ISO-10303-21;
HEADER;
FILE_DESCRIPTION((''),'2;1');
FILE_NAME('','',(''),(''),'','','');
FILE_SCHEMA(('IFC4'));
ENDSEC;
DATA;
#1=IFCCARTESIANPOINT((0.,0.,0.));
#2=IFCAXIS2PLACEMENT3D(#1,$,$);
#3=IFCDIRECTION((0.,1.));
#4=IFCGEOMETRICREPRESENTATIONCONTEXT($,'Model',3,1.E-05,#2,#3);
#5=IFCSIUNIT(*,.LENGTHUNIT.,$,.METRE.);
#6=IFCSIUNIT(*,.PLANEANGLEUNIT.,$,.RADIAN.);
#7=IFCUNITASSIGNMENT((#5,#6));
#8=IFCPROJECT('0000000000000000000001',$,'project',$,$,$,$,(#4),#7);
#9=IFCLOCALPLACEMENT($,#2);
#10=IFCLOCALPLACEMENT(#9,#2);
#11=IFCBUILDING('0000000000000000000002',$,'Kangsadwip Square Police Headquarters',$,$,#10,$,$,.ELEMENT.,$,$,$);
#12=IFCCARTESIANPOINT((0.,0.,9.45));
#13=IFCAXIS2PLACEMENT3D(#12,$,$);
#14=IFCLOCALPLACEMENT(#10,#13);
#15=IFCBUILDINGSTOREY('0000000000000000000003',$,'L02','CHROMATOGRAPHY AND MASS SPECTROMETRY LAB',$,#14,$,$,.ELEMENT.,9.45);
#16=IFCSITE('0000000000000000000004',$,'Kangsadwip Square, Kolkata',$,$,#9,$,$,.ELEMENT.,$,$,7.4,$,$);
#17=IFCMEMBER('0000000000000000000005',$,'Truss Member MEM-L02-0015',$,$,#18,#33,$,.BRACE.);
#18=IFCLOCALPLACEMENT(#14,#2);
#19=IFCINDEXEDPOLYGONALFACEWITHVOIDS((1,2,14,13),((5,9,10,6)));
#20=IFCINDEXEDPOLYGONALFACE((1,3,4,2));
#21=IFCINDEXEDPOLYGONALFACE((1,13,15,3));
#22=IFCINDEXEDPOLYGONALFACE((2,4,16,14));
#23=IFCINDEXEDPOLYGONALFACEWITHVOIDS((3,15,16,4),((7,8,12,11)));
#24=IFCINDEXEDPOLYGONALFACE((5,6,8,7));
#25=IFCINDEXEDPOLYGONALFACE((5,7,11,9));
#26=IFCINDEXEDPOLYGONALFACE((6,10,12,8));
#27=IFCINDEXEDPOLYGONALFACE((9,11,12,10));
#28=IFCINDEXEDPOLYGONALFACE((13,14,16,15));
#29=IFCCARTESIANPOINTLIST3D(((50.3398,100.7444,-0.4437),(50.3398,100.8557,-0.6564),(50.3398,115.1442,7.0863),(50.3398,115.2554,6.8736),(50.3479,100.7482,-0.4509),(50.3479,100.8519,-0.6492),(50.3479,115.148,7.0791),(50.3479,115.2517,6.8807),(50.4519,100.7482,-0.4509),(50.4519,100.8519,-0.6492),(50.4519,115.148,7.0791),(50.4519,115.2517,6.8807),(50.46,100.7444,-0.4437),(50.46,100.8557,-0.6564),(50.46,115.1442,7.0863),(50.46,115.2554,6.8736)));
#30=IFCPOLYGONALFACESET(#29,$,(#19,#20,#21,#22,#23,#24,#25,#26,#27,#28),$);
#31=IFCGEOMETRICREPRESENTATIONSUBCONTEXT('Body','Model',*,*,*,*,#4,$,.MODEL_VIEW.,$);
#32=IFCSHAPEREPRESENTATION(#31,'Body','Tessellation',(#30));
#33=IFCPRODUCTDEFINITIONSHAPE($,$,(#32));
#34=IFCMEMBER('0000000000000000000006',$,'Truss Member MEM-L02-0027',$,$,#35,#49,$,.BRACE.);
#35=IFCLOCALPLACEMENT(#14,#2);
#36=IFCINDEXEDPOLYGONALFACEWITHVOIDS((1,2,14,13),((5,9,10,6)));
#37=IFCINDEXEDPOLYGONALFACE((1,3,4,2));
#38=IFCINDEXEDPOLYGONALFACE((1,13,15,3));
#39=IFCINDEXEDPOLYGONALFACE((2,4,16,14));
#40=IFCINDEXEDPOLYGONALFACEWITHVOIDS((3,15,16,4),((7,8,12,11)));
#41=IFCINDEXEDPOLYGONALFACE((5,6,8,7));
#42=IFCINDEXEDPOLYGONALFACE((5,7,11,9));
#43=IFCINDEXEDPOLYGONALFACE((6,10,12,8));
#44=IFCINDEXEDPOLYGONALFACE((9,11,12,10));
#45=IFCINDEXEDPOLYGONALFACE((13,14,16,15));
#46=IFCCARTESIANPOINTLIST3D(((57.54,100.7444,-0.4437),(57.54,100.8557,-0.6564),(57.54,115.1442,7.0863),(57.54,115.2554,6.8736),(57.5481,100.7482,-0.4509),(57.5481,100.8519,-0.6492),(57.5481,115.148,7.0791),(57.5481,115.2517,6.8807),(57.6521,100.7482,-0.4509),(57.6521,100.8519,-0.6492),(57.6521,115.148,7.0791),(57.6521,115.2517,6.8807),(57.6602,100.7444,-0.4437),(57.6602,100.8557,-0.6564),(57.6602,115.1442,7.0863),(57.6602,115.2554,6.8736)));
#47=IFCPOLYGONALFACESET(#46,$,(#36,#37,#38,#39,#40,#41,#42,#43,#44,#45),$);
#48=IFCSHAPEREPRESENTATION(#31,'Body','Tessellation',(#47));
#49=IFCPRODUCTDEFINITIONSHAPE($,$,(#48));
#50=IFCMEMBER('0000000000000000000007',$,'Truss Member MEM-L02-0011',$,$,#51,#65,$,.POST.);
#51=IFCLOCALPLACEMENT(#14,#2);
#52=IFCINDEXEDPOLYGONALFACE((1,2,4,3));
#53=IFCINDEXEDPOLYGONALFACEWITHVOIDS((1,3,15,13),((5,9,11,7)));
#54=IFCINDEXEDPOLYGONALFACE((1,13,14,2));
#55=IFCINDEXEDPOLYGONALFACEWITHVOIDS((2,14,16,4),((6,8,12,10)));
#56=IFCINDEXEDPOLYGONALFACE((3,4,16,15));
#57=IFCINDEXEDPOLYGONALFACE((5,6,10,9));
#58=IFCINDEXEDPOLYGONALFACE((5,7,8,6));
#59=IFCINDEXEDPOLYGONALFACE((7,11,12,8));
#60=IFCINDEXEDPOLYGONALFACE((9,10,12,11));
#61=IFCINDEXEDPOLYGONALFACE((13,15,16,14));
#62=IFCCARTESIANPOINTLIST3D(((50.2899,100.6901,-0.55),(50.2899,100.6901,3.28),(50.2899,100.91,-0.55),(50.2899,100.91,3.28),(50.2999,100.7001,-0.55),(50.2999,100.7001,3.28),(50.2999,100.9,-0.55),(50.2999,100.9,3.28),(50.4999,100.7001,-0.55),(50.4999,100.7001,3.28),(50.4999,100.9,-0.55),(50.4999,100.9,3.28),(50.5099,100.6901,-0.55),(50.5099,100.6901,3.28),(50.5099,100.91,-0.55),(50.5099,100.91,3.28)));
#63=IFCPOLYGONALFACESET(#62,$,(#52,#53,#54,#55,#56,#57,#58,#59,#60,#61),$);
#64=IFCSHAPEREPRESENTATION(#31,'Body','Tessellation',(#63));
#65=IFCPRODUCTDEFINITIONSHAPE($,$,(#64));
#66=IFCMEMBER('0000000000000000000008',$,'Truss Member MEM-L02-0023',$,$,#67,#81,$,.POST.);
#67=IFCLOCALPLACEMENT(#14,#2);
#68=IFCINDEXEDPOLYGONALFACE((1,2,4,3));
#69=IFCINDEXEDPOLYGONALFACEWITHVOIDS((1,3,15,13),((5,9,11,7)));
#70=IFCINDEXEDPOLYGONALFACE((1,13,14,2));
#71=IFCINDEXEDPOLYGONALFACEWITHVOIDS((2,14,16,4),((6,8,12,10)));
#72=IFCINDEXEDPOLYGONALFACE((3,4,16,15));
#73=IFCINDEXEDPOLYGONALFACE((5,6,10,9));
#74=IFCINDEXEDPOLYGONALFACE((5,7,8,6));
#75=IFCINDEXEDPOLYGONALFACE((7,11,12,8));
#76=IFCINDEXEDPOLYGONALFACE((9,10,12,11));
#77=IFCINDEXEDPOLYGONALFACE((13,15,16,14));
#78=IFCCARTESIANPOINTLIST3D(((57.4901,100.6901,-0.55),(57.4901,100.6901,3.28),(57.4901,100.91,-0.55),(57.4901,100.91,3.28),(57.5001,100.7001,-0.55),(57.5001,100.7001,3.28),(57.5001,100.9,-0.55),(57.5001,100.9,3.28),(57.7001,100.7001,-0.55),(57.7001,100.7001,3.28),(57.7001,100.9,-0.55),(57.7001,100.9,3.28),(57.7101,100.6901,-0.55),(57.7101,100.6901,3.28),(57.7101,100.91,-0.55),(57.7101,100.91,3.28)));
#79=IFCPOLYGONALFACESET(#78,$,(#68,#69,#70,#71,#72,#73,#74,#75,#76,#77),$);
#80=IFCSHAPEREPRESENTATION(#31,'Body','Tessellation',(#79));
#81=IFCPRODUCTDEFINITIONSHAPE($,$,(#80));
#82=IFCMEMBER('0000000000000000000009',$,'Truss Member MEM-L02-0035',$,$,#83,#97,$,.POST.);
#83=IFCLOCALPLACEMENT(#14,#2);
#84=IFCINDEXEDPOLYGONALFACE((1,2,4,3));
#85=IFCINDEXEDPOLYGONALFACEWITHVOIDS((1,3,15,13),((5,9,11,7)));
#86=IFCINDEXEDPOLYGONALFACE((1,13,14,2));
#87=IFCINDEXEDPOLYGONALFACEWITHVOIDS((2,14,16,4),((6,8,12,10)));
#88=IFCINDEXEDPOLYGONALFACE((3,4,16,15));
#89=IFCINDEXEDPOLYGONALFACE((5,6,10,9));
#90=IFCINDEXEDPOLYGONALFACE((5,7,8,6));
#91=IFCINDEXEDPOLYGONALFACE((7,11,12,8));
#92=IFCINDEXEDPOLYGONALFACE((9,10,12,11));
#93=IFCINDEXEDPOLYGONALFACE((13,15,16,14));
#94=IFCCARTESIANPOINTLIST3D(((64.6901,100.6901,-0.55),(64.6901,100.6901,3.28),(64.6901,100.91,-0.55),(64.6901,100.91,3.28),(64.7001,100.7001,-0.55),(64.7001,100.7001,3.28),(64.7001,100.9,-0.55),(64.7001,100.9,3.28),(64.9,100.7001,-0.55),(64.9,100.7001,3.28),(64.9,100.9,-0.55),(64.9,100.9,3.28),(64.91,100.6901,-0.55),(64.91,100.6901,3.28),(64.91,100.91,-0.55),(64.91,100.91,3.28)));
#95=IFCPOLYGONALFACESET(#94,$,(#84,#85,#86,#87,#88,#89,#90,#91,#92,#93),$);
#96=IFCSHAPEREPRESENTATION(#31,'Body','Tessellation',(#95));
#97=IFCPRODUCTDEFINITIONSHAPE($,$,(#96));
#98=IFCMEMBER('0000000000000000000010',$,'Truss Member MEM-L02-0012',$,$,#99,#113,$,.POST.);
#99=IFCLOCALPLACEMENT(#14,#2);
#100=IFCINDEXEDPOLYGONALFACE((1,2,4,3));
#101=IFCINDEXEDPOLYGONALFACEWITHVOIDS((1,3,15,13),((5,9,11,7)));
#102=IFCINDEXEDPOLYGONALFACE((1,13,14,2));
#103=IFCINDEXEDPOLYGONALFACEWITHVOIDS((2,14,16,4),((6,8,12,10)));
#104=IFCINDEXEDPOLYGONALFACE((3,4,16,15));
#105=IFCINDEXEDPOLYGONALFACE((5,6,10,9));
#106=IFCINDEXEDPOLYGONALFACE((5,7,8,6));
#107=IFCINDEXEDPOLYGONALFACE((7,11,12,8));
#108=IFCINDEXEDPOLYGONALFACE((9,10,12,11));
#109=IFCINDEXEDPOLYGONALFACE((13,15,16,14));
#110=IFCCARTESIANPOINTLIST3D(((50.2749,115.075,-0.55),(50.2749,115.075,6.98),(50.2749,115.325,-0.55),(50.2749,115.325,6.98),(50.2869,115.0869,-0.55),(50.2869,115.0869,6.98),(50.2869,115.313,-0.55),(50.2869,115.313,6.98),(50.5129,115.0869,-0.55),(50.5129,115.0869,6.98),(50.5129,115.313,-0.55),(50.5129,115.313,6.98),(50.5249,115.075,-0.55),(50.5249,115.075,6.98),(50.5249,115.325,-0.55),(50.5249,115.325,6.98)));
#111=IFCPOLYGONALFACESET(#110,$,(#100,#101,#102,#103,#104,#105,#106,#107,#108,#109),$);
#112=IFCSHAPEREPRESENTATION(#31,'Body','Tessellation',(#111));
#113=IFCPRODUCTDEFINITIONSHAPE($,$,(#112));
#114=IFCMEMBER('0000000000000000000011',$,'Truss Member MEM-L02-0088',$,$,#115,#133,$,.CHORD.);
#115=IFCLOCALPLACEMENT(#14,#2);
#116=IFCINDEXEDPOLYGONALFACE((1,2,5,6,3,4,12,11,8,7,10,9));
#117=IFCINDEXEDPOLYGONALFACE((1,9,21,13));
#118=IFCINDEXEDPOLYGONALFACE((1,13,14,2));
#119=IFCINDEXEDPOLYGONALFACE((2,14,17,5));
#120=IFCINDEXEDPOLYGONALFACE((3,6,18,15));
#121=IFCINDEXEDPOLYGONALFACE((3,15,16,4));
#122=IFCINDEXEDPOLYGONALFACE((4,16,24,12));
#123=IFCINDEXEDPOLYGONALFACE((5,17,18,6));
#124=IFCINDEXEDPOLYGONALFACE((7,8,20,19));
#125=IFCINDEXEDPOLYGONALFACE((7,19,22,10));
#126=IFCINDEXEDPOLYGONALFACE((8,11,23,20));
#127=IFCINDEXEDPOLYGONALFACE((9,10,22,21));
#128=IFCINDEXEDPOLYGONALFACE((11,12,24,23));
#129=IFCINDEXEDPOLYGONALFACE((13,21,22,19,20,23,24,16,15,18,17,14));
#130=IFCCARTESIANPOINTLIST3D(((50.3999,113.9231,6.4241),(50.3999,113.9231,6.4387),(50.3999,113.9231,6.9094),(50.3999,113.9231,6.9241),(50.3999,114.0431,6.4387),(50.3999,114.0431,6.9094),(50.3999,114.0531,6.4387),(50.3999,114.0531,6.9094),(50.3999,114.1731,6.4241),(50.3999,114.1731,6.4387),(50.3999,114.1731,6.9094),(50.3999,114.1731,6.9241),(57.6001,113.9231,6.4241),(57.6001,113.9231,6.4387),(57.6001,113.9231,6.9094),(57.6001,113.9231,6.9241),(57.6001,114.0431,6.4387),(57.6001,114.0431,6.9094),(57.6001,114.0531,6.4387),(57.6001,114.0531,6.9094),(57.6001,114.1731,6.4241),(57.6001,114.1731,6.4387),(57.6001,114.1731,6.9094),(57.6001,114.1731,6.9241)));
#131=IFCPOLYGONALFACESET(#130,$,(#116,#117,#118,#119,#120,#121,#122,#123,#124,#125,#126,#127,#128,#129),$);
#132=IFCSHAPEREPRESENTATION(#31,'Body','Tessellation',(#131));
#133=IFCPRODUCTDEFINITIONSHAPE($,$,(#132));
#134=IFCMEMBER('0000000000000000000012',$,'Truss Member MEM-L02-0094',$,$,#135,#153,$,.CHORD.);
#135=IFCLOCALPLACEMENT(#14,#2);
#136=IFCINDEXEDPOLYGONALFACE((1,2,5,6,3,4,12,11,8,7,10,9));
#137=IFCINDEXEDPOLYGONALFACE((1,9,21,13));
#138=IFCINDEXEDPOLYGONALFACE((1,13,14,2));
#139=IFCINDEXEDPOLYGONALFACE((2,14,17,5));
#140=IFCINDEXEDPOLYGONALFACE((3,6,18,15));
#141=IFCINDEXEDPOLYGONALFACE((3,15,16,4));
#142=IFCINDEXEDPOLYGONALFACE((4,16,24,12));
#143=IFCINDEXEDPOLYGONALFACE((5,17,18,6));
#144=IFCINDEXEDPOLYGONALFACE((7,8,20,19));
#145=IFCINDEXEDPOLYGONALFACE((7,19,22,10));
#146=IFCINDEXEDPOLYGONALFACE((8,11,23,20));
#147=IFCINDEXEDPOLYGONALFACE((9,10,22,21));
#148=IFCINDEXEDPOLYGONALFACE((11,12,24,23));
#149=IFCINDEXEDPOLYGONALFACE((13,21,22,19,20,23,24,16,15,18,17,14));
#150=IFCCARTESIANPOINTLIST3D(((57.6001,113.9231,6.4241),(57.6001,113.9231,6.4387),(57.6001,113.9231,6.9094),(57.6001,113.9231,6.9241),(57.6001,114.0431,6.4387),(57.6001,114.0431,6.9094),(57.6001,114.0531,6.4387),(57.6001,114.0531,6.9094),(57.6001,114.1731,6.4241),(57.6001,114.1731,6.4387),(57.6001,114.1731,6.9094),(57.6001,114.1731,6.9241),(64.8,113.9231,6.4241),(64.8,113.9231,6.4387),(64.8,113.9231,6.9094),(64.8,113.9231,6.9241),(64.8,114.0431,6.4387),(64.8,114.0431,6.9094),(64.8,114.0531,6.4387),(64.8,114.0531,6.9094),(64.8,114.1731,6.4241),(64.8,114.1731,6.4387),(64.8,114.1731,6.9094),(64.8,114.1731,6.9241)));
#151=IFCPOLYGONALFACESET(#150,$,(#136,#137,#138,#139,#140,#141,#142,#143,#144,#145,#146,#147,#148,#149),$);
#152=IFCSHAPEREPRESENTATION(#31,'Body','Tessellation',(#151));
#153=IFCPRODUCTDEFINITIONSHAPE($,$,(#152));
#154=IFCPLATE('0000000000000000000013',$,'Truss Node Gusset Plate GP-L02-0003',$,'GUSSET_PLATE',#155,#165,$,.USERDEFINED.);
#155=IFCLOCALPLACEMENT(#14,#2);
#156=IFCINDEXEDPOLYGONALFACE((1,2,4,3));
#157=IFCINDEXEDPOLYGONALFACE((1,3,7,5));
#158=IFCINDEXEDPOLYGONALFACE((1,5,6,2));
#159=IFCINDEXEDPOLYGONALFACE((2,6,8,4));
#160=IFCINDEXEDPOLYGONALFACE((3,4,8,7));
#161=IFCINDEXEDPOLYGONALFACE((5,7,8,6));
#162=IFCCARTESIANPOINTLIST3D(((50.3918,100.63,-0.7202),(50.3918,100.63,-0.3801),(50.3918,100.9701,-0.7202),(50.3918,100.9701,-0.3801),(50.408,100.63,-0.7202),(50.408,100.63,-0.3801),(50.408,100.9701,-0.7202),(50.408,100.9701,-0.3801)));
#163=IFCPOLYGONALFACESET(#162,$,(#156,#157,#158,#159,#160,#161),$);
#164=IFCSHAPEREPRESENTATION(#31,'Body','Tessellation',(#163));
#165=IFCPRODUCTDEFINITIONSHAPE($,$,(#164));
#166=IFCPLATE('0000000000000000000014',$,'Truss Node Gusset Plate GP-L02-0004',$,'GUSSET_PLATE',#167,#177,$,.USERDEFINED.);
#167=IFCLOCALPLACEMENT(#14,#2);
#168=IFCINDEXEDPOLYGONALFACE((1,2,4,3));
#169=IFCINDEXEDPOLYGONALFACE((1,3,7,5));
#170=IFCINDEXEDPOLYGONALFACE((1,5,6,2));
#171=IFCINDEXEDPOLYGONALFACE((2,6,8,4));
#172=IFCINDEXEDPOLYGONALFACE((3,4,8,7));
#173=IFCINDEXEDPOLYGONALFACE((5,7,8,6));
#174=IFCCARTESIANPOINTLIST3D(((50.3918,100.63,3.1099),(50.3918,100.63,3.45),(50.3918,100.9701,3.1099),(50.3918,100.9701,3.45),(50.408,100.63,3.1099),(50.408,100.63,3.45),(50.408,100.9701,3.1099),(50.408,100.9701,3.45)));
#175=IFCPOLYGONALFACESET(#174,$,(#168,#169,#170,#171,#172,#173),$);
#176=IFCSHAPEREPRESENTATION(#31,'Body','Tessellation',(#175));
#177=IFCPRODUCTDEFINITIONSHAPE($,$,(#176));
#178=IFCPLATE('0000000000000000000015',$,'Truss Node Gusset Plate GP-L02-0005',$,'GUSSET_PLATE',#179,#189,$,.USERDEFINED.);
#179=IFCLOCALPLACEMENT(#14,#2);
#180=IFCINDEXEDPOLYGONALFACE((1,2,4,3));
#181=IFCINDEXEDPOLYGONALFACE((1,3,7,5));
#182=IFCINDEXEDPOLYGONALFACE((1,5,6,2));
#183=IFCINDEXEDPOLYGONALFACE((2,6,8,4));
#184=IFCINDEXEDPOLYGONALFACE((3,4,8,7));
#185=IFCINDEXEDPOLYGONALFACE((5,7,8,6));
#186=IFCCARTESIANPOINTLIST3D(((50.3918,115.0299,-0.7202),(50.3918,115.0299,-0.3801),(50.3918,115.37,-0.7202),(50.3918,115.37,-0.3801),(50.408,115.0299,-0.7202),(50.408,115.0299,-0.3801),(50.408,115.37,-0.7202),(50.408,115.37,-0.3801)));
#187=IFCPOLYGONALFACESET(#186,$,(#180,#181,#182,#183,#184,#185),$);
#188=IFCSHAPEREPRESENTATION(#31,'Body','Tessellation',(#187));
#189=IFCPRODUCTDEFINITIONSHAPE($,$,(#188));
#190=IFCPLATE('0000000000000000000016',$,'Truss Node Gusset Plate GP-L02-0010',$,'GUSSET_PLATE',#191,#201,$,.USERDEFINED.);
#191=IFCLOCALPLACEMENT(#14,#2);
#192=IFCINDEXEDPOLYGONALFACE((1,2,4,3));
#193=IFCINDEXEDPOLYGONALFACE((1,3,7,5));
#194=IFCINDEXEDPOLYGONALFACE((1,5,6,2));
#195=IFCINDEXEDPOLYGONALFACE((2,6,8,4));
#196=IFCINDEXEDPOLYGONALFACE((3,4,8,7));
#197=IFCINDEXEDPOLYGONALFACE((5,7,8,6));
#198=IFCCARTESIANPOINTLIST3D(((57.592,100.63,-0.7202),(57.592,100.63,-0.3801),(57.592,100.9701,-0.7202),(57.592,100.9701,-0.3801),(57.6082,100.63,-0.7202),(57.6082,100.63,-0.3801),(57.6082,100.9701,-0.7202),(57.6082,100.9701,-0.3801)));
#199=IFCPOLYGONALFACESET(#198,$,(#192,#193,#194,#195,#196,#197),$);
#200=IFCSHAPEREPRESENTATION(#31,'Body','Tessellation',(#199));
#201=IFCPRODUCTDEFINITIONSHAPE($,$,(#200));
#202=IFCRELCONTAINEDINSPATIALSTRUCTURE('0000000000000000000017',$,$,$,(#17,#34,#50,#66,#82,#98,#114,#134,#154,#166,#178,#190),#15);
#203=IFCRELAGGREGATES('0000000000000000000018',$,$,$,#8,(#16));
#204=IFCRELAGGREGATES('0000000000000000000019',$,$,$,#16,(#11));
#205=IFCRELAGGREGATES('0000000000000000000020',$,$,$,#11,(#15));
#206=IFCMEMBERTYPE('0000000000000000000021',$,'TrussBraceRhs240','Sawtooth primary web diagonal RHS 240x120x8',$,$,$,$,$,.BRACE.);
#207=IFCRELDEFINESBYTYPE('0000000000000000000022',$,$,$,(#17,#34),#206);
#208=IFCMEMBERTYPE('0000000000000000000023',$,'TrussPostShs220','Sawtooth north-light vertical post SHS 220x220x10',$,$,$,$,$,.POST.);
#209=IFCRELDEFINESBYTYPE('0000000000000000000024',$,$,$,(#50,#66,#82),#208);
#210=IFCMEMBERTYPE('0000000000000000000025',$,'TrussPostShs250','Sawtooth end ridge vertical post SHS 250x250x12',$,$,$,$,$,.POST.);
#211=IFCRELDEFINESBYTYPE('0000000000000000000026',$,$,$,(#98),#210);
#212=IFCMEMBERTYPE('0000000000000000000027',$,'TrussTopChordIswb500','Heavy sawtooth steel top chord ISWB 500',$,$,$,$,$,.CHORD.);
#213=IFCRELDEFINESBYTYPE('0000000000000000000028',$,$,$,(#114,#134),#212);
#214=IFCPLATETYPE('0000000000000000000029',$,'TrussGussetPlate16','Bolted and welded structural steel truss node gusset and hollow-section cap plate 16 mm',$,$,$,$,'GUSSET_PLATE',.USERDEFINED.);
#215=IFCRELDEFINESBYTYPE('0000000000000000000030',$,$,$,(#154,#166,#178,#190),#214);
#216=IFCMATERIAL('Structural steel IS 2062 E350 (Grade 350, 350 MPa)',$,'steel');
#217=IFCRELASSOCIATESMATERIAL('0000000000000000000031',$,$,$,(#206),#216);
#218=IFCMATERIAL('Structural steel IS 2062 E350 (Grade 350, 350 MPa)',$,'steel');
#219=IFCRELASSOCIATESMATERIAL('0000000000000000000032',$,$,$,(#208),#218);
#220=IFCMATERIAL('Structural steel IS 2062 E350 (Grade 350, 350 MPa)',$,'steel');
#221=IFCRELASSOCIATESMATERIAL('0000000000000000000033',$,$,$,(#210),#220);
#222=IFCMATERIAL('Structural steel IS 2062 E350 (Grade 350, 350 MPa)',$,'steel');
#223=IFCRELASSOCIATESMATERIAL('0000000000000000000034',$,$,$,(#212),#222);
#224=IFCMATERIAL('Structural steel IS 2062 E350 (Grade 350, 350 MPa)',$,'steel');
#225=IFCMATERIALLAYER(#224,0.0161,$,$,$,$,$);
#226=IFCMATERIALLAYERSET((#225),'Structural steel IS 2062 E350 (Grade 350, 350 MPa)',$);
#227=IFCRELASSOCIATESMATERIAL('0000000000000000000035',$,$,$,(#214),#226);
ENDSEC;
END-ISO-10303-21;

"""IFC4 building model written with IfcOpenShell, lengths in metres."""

from ifc_helpers import new_model, si_unit, direction, frame, origin, origin_2d, place, context, subcontext, project, spatial, rectangle, hollow_rectangle, i_section, extrude, material, layer, layer_set, material_profile, profile_set, type_object, element, save


model = new_model("IFC4")

# Units and contexts
model_context = context("Model", 3, precision=1e-05, world=origin(), true_north=direction((0.0, 1.0)))
body_context = subcontext(model_context, "Body", "Model", "MODEL_VIEW")
ifc_project = project(units=[si_unit("LENGTHUNIT", "METRE"), si_unit("PLANEANGLEUNIT", "RADIAN")], contexts=[model_context])

# Site, building, storey
site_placement = place(None, origin())
site = spatial("IfcSite", under=ifc_project, at=site_placement, Name="Kangsadwip Square, Kolkata", CompositionType="ELEMENT", RefElevation=7.4)
building_placement = place(site_placement, origin())
building = spatial("IfcBuilding", under=site, at=building_placement, Name="Kangsadwip Square Police Headquarters", CompositionType="ELEMENT")
storey_placement = place(building_placement, frame((0.0, 0.0, 9.45)))
storey = spatial("IfcBuildingStorey", under=building, at=storey_placement, Name="L02", Description="CHROMATOGRAPHY AND MASS SPECTROMETRY LAB", CompositionType="ELEMENT", Elevation=9.45)

# Members
ifc_material_1 = material(Name="Structural steel IS 2062 E350 (Grade 350, 350 MPa)", Category="steel")
ifc_material_profile_1 = material_profile(ifc_material_1, hollow_rectangle(XDim=0.1201, YDim=0.24, WallThickness=0.0081, at=origin_2d()), Name="RHS 240X120X8")
ifc_profile_set_1 = profile_set([ifc_material_profile_1], Name="Structural steel IS 2062 E350 (Grade 350, 350 MPa)")
member_type_1 = type_object("IfcMemberType", Name="TrussBraceRhs240", Description="Sawtooth primary web diagonal RHS 240x120x8", PredefinedType="BRACE", material=ifc_profile_set_1)
for number, where, z_axis, x_axis, name in (
    (1, (50.3999, 100.8, -0.55), (0.0, 0.886155, 0.46339), (-1.0, 0.0, 0.0), "Truss Member MEM-L02-0015"),
    (2, (57.6001, 100.8, -0.55), (0.0, 0.886155, 0.46339), (-1.0, 0.0, 0.0), "Truss Member MEM-L02-0027"),
):
    element("IfcMember", number, at=place(storey_placement, frame(where, z_axis=z_axis, x_axis=x_axis)), inside=storey, type_object=member_type_1, Name=name, PredefinedType="BRACE", context=body_context, shape_type="SweptSolid", body=[
        extrude(hollow_rectangle(XDim=0.1201, YDim=0.24, WallThickness=0.0081, at=origin_2d()), origin(), (0.0, 0.0, 1.0), 16.2498),
    ])
ifc_material_2 = material(Name="Structural steel IS 2062 E350 (Grade 350, 350 MPa)", Category="steel")
ifc_material_profile_2 = material_profile(ifc_material_2, hollow_rectangle(XDim=0.22, YDim=0.22, WallThickness=0.01, at=origin_2d()), Name="SHS 220X220X10")
ifc_profile_set_2 = profile_set([ifc_material_profile_2], Name="Structural steel IS 2062 E350 (Grade 350, 350 MPa)")
member_type_2 = type_object("IfcMemberType", Name="TrussPostShs220", Description="Sawtooth north-light vertical post SHS 220x220x10", PredefinedType="POST", material=ifc_profile_set_2)
for number, where, z_axis, x_axis, name in (
    (3, (50.3999, 100.8, -0.55), (0.0, 0.0, 1.0), (1.0, 0.0, 0.0), "Truss Member MEM-L02-0011"),
    (4, (57.6001, 100.8, -0.55), (0.0, 0.0, 1.0), (1.0, 0.0, 0.0), "Truss Member MEM-L02-0023"),
    (5, (64.8, 100.8, -0.55), (0.0, 0.0, 1.0), (1.0, 0.0, 0.0), "Truss Member MEM-L02-0035"),
):
    element("IfcMember", number, at=place(storey_placement, frame(where, z_axis=z_axis, x_axis=x_axis)), inside=storey, type_object=member_type_2, Name=name, PredefinedType="POST", context=body_context, shape_type="SweptSolid", body=[
        extrude(hollow_rectangle(XDim=0.22, YDim=0.22, WallThickness=0.01, at=origin_2d()), origin(), (0.0, 0.0, 1.0), 3.8301),
    ])
ifc_material_3 = material(Name="Structural steel IS 2062 E350 (Grade 350, 350 MPa)", Category="steel")
ifc_material_profile_3 = material_profile(ifc_material_3, hollow_rectangle(XDim=0.25, YDim=0.25, WallThickness=0.012, at=origin_2d()), Name="SHS 250X250X12")
ifc_profile_set_3 = profile_set([ifc_material_profile_3], Name="Structural steel IS 2062 E350 (Grade 350, 350 MPa)")
member_type_3 = type_object("IfcMemberType", Name="TrussPostShs250", Description="Sawtooth end ridge vertical post SHS 250x250x12", PredefinedType="POST", material=ifc_profile_set_3)
member_1_placement = place(storey_placement, frame((50.3999, 115.2, -0.55), z_axis=(0.0, 0.0, 1.0), x_axis=(1.0, 0.0, 0.0)))
element("IfcMember", 6, at=member_1_placement, inside=storey, type_object=member_type_3, Name="Truss Member MEM-L02-0012", PredefinedType="POST", context=body_context, shape_type="SweptSolid", body=[
    extrude(hollow_rectangle(XDim=0.25, YDim=0.25, WallThickness=0.012, at=origin_2d()), origin(), (0.0, 0.0, 1.0), 7.53),
])
ifc_material_4 = material(Name="Structural steel IS 2062 E350 (Grade 350, 350 MPa)", Category="steel")
ifc_material_profile_4 = material_profile(ifc_material_4, i_section(OverallWidth=0.25, OverallDepth=0.5, WebThickness=0.01, FlangeThickness=0.0146, at=origin_2d()), Name="ISWB 500")
ifc_profile_set_4 = profile_set([ifc_material_profile_4], Name="Structural steel IS 2062 E350 (Grade 350, 350 MPa)")
member_type_4 = type_object("IfcMemberType", Name="TrussTopChordIswb500", Description="Heavy sawtooth steel top chord ISWB 500", PredefinedType="CHORD", material=ifc_profile_set_4)
member_2_placement = place(storey_placement, frame((50.3999, 114.0481, 6.6741), z_axis=(1.0, 0.0, 0.0), x_axis=(0.0, 1.0, 0.0)))
element("IfcMember", 7, at=member_2_placement, inside=storey, type_object=member_type_4, Name="Truss Member MEM-L02-0088", PredefinedType="CHORD", context=body_context, shape_type="SweptSolid", body=[
    extrude(i_section(OverallWidth=0.25, OverallDepth=0.5, WebThickness=0.01, FlangeThickness=0.0146, at=origin_2d()), origin(), (0.0, 0.0, 1.0), 7.2002),
])
member_3_placement = place(storey_placement, frame((57.6001, 114.0481, 6.6741), z_axis=(1.0, 0.0, 0.0), x_axis=(0.0, 1.0, 0.0)))
element("IfcMember", 8, at=member_3_placement, inside=storey, type_object=member_type_4, Name="Truss Member MEM-L02-0094", PredefinedType="CHORD", context=body_context, shape_type="SweptSolid", body=[
    extrude(i_section(OverallWidth=0.25, OverallDepth=0.5, WebThickness=0.01, FlangeThickness=0.0146, at=origin_2d()), origin(), (0.0, 0.0, 1.0), 7.2),
])

# Plates
ifc_material_5 = material(Name="Structural steel IS 2062 E350 (Grade 350, 350 MPa)", Category="steel")
ifc_layer = layer(ifc_material_5, 0.0161)
ifc_layer_set = layer_set([ifc_layer], Name="Structural steel IS 2062 E350 (Grade 350, 350 MPa)")
plate_type = type_object("IfcPlateType", Name="TrussGussetPlate16", Description="Bolted and welded structural steel truss node gusset and hollow-section cap plate 16 mm", ElementType="GUSSET_PLATE", PredefinedType="USERDEFINED", material=ifc_layer_set)
for number, where, z_axis, x_axis, name in (
    (9, (50.3999, 100.8, -0.7202), (0.0, 0.0, 1.0), (0.0, 1.0, 0.0), "Truss Node Gusset Plate GP-L02-0003"),
    (10, (50.3999, 100.8, 3.1099), (0.0, 0.0, 1.0), (0.0, 1.0, 0.0), "Truss Node Gusset Plate GP-L02-0004"),
    (11, (50.3999, 115.2, -0.7202), (0.0, 0.0, 1.0), (0.0, 1.0, 0.0), "Truss Node Gusset Plate GP-L02-0005"),
    (12, (57.6001, 100.8, -0.7202), (0.0, 0.0, 1.0), (0.0, 1.0, 0.0), "Truss Node Gusset Plate GP-L02-0010"),
):
    element("IfcPlate", number, at=place(storey_placement, frame(where, z_axis=z_axis, x_axis=x_axis)), inside=storey, type_object=plate_type, Name=name, ObjectType="GUSSET_PLATE", PredefinedType="USERDEFINED", context=body_context, shape_type="SweptSolid", body=[
        extrude(rectangle(XDim=0.3401, YDim=0.0161, at=origin_2d()), origin(), (0.0, 0.0, 1.0), 0.3401),
    ])

save(model, "model.ifc")
